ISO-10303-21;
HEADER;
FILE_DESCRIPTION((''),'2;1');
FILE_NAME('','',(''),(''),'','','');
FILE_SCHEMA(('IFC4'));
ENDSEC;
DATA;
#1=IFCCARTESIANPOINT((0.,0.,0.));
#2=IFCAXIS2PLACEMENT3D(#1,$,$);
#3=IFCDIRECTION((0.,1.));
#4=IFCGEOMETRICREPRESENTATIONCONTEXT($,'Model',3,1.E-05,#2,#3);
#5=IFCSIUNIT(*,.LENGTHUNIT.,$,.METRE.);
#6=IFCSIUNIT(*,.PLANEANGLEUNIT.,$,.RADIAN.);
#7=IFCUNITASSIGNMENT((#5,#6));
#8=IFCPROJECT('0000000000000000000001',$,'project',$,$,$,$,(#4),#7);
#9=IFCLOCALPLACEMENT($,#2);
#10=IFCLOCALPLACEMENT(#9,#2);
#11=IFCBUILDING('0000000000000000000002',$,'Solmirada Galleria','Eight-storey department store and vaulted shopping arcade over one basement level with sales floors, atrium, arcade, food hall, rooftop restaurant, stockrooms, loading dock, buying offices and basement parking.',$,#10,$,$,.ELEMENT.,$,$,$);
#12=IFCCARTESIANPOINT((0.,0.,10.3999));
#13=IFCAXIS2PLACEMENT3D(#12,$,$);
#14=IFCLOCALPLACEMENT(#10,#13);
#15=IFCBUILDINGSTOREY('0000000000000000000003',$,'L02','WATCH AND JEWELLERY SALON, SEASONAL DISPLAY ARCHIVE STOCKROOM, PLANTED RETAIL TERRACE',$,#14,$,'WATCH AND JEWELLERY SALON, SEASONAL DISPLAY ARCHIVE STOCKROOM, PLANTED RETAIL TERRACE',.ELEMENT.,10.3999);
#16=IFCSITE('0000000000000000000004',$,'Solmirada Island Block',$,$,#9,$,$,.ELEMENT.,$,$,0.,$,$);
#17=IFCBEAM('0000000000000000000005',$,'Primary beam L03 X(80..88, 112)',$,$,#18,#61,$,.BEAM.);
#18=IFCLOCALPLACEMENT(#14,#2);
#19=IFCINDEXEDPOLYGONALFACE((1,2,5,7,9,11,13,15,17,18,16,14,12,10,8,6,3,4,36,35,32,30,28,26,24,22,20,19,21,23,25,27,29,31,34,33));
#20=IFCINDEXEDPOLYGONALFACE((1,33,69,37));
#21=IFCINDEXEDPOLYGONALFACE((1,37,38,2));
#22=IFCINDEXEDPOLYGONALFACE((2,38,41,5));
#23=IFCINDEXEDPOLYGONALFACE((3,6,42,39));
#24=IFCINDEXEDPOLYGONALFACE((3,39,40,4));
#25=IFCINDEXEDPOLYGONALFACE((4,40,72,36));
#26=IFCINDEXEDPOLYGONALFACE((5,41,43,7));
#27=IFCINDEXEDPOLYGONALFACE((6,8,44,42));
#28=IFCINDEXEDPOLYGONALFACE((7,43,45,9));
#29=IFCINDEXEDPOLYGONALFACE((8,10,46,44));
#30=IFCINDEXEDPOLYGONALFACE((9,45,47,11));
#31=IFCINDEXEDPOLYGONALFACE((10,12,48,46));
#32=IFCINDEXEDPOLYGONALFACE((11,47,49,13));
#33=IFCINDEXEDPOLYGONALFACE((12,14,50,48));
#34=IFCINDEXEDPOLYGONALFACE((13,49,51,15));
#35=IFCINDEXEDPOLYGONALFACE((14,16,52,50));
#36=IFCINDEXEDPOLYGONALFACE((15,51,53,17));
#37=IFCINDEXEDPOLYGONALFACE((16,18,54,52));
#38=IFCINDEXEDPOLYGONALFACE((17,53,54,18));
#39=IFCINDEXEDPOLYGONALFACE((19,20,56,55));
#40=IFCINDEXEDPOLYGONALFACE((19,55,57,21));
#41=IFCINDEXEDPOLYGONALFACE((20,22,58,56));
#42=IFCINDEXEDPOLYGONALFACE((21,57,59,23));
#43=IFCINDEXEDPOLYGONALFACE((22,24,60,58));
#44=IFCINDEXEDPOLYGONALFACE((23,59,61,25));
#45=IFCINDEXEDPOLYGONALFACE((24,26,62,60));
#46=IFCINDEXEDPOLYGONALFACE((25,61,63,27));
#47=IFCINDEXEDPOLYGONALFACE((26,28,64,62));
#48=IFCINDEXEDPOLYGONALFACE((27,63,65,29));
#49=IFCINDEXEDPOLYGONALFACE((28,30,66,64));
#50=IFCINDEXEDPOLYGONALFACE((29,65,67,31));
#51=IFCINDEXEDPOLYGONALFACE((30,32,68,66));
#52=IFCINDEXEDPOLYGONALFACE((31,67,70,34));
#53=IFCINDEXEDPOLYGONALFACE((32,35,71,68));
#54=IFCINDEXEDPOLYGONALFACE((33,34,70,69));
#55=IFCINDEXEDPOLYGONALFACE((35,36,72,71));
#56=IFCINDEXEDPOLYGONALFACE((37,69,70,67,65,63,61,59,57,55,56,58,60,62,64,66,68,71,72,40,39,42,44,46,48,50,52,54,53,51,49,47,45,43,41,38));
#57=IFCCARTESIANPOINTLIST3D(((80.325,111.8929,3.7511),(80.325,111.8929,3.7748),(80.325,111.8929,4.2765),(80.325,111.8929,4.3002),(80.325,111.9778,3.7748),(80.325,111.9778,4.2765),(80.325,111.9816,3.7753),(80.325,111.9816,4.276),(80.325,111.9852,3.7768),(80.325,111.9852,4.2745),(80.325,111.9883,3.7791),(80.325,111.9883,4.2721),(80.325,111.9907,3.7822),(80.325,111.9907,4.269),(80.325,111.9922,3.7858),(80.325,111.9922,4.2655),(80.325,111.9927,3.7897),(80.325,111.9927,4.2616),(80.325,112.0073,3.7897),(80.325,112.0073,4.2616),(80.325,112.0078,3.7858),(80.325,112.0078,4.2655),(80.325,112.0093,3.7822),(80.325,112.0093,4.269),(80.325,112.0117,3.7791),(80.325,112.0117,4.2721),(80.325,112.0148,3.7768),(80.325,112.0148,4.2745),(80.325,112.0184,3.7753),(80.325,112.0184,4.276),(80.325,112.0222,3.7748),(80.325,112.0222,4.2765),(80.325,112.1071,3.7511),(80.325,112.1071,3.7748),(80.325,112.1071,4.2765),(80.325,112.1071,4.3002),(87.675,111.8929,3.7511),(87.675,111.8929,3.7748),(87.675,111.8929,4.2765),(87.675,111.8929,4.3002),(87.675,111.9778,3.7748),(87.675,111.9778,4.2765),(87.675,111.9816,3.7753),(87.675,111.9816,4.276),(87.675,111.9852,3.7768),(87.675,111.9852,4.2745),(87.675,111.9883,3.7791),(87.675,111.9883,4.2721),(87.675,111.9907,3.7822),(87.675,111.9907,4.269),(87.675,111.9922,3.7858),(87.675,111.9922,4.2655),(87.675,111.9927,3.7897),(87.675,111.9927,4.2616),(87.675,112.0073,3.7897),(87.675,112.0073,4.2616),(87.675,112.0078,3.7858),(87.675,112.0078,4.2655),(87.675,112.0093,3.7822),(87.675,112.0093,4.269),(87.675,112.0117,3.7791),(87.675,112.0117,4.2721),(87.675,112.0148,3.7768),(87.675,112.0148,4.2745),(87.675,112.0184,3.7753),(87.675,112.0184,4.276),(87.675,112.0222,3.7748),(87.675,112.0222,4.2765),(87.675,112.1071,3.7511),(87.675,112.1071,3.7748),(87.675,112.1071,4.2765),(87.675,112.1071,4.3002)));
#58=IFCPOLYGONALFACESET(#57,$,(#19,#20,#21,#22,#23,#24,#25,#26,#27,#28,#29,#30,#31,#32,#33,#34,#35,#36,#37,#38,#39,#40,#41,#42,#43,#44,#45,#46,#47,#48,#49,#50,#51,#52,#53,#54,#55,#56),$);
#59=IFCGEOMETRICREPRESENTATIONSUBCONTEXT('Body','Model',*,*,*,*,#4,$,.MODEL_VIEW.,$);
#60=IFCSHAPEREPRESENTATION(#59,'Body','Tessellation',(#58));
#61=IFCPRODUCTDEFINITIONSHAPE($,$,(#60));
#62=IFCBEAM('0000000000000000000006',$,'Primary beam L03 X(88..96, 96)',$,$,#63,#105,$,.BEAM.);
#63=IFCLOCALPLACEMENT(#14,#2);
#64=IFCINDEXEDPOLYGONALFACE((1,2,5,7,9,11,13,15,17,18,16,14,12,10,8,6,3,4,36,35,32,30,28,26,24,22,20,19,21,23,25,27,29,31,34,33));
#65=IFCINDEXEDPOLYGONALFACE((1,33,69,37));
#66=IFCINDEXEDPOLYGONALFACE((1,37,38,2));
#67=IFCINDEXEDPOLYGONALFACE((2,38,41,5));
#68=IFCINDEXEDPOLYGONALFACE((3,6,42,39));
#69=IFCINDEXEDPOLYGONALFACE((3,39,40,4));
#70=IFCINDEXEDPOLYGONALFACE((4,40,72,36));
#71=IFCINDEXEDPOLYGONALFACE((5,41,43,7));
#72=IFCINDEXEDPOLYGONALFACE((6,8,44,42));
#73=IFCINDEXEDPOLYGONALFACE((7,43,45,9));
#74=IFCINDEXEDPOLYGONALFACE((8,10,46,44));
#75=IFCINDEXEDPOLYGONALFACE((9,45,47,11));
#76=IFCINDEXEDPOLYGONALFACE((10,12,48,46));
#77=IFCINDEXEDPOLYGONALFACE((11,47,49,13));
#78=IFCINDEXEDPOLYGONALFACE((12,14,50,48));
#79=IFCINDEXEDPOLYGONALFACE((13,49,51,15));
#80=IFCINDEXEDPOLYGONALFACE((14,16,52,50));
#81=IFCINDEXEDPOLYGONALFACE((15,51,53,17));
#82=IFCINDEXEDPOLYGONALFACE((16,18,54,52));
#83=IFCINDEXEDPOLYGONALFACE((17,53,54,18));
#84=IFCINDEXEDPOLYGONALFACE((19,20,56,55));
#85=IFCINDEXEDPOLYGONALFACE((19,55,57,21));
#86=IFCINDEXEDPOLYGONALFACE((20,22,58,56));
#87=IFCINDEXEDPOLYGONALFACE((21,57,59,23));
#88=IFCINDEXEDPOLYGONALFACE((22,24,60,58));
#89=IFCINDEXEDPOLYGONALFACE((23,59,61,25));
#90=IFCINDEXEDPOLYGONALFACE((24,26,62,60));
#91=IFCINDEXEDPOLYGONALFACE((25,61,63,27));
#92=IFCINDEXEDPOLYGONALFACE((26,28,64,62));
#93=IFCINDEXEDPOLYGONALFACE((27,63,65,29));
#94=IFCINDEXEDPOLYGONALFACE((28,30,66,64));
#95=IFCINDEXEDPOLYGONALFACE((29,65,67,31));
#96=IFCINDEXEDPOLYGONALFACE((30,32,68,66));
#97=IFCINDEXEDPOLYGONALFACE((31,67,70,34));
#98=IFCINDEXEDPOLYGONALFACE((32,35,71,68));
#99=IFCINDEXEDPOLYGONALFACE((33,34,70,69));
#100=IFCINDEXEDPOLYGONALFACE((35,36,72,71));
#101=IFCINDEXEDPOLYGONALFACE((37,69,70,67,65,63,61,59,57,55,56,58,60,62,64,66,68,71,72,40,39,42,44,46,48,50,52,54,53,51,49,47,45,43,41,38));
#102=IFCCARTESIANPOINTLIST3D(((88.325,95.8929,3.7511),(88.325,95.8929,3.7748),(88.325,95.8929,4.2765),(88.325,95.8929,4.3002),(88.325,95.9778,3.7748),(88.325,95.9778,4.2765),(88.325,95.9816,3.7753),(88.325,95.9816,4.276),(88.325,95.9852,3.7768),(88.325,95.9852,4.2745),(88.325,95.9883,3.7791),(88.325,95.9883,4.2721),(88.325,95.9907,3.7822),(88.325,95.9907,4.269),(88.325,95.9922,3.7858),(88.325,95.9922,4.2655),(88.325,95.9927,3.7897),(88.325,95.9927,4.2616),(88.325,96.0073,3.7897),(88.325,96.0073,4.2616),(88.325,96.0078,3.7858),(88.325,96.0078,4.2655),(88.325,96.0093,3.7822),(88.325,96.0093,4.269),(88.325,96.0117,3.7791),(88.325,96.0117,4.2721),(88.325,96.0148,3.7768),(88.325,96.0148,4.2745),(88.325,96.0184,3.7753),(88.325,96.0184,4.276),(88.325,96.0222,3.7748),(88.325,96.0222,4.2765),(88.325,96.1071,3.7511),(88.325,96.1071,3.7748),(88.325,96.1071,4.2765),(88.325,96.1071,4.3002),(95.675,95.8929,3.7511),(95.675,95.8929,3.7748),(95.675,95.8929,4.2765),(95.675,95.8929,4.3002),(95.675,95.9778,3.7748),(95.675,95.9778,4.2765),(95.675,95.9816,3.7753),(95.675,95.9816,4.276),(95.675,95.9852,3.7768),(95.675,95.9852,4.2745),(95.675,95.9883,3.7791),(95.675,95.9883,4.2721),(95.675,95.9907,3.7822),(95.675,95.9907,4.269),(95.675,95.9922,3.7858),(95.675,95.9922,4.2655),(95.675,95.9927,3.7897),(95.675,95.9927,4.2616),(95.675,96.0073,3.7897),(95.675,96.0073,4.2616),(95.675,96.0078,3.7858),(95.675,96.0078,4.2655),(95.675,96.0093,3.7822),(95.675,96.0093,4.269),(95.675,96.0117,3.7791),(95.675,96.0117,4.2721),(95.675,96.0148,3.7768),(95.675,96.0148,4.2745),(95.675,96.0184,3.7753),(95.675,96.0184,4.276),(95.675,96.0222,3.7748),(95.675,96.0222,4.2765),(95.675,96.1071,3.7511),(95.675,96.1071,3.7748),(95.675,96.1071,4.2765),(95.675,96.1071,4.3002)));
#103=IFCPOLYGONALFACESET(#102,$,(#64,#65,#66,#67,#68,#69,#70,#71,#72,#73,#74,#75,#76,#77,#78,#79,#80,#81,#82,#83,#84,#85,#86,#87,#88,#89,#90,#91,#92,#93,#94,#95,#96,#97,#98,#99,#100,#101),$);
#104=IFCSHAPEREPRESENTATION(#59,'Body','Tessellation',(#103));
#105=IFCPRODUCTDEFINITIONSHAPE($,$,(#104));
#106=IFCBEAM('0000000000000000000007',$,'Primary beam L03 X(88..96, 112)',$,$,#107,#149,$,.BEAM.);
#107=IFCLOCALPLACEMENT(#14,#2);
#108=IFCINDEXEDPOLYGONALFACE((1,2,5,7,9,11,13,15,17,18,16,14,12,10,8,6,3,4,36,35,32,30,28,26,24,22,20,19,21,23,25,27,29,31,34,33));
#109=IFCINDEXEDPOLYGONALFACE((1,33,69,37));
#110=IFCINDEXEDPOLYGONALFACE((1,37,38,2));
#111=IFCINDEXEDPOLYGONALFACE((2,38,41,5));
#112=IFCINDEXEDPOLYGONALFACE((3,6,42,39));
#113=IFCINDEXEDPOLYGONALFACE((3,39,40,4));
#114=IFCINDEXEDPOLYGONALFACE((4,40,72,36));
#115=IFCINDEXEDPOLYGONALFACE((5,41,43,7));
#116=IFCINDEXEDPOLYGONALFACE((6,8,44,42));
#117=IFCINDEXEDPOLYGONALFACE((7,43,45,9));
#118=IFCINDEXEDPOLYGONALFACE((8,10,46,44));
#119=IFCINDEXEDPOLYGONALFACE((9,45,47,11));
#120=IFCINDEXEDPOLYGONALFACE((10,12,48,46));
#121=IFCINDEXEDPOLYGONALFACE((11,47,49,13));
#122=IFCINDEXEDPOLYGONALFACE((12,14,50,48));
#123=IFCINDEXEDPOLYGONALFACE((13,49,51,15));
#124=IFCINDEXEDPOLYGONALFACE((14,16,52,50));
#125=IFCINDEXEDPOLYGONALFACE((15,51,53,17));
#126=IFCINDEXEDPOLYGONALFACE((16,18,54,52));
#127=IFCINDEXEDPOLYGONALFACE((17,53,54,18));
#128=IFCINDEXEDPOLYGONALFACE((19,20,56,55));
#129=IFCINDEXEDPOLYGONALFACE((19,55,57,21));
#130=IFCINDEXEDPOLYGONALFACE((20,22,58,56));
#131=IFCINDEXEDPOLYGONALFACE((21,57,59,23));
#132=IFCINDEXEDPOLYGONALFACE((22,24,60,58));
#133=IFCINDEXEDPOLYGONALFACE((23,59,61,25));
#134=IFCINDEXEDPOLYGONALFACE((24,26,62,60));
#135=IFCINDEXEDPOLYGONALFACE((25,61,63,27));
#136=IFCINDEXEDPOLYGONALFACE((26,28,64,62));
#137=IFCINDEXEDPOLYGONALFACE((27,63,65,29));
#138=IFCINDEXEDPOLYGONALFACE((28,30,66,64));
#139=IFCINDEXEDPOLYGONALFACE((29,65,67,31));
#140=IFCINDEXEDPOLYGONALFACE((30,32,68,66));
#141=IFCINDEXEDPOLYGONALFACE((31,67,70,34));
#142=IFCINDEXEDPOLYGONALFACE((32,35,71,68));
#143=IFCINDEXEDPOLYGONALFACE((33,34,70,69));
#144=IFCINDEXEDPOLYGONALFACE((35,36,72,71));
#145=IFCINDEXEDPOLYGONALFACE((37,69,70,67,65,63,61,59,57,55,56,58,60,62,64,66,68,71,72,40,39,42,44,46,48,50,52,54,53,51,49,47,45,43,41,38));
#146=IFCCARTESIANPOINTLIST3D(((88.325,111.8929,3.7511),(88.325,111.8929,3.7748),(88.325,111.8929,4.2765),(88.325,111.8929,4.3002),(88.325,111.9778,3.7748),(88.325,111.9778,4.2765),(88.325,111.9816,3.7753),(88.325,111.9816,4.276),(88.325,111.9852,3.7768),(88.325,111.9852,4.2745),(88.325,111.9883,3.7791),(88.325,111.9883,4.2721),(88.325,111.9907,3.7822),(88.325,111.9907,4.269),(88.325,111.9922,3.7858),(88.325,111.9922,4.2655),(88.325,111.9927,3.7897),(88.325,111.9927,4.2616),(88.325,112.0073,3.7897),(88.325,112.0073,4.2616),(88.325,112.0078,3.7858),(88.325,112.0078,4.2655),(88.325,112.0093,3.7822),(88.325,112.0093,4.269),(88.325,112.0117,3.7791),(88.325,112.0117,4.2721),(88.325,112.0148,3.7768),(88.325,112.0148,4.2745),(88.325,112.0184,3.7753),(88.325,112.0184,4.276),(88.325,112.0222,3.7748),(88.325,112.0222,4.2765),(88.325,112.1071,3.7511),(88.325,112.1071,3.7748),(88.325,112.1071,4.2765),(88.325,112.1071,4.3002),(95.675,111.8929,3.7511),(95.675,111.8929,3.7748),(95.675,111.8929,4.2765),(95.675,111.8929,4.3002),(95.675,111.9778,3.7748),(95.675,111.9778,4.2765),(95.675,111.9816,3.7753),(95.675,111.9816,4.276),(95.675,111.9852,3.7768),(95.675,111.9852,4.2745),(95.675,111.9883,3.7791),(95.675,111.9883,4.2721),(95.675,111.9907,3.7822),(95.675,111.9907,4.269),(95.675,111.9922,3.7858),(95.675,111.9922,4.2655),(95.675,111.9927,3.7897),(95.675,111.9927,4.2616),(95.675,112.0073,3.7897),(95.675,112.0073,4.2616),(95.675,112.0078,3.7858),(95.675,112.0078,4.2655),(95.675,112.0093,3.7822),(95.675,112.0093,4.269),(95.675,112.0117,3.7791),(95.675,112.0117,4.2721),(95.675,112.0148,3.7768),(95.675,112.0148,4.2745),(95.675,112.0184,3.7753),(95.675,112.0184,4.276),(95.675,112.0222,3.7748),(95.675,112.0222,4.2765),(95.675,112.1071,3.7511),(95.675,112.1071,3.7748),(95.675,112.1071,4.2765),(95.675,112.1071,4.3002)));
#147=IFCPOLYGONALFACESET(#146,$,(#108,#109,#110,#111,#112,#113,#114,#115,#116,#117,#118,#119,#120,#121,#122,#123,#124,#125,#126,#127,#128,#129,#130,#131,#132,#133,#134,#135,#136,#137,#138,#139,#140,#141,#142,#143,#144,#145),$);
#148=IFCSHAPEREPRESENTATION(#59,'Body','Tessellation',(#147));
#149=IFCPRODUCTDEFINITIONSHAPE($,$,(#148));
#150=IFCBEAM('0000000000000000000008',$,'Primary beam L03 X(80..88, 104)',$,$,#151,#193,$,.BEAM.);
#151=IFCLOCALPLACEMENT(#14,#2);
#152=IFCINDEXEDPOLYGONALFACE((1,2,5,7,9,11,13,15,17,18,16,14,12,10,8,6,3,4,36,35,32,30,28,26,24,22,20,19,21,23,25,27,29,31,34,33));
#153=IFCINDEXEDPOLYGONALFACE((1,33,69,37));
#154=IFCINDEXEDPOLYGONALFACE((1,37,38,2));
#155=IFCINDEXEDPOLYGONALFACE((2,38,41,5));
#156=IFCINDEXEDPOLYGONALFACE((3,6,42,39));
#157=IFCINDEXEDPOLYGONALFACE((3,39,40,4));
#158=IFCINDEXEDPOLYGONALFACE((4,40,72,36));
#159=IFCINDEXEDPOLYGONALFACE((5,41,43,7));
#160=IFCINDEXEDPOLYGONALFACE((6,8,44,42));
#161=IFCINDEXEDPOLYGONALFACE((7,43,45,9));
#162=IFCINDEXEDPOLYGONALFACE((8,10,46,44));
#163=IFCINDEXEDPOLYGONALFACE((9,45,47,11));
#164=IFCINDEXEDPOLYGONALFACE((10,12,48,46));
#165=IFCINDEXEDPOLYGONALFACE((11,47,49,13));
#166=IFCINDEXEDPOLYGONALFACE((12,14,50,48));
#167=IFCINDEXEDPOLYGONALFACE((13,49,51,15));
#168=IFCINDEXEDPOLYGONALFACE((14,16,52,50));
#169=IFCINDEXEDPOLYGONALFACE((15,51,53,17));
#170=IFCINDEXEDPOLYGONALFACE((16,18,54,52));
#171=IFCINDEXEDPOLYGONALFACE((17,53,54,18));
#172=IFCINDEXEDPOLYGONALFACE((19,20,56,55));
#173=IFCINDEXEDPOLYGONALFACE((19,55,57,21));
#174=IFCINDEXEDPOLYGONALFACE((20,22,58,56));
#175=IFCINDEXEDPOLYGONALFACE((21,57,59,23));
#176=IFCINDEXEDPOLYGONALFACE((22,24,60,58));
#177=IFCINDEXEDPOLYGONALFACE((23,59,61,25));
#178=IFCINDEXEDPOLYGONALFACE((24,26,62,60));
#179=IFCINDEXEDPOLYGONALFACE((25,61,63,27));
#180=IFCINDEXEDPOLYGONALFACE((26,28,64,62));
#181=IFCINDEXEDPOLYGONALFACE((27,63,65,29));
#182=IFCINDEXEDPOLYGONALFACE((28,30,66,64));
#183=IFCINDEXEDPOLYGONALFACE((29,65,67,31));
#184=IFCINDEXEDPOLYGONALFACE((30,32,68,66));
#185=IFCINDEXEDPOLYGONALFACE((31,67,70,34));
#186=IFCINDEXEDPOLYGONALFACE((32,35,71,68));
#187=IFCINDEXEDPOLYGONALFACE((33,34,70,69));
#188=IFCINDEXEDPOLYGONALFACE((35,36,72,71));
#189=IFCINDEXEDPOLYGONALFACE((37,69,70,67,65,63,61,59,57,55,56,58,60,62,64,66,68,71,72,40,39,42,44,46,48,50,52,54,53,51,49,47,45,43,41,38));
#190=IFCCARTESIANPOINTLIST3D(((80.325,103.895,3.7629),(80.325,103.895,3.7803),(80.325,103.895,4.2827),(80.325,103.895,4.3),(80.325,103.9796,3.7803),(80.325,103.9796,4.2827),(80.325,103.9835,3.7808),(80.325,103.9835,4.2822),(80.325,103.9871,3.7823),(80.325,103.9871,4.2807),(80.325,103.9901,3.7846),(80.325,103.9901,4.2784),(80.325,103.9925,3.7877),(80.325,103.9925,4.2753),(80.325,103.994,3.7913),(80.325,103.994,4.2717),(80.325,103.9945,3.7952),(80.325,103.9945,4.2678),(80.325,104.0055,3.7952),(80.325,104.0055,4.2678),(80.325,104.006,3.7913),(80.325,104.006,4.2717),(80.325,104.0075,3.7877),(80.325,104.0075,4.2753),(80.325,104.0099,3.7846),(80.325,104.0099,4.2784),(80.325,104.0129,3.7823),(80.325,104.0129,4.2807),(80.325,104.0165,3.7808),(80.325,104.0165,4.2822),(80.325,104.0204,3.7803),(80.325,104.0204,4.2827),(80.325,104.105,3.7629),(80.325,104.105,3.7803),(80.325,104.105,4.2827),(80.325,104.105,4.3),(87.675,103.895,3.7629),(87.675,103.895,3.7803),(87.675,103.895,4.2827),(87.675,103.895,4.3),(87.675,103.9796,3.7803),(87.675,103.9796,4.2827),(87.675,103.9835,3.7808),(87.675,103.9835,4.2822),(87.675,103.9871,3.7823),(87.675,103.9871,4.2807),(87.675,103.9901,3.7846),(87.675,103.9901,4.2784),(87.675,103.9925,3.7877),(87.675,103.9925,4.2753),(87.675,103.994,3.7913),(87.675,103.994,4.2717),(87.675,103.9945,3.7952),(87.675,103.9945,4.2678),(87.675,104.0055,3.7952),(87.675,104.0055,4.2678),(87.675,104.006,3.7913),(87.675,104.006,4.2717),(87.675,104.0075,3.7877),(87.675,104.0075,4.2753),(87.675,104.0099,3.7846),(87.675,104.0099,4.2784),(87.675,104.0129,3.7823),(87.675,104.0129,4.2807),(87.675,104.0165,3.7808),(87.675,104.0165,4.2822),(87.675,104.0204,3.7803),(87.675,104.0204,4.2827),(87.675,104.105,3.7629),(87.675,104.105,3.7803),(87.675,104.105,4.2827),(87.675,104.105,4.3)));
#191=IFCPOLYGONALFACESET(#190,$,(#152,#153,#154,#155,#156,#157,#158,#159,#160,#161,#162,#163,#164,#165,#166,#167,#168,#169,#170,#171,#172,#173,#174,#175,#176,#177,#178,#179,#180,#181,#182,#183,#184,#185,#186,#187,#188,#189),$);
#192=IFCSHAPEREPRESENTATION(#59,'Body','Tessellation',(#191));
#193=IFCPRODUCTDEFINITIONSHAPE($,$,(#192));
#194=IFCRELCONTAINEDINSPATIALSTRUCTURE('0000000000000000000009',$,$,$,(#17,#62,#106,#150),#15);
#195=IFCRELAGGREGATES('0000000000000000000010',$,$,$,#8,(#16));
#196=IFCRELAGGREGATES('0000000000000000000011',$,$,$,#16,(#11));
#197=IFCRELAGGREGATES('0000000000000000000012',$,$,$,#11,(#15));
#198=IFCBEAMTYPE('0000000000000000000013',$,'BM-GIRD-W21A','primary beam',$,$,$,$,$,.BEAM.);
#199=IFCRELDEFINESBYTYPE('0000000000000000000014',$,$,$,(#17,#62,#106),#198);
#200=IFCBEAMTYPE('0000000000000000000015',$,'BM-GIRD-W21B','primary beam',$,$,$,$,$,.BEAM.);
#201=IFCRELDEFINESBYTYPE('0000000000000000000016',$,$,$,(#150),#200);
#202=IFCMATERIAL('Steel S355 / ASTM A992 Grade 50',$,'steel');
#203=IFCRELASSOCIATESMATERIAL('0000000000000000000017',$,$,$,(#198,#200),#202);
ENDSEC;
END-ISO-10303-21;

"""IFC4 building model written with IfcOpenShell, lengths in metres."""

from ifc_helpers import new_model, si_unit, direction, frame, origin, origin_2d, place, context, subcontext, project, spatial, i_section, extrude, material, material_profile, profile_set, type_object, element, save


model = new_model("IFC4")

# Units and contexts
model_context = context("Model", 3, precision=1e-05, world=origin(), true_north=direction((0.0, 1.0)))
body_context = subcontext(model_context, "Body", "Model", "MODEL_VIEW")
ifc_project = project(units=[si_unit("LENGTHUNIT", "METRE"), si_unit("PLANEANGLEUNIT", "RADIAN")], contexts=[model_context])

# Site, building, storey
site_placement = place(None, origin())
site = spatial("IfcSite", under=ifc_project, at=site_placement, Name="Solmirada Island Block", CompositionType="ELEMENT", RefElevation=0.0)
building_placement = place(site_placement, origin())
building = spatial("IfcBuilding", under=site, at=building_placement, Name="Solmirada Galleria", Description="Eight-storey department store and vaulted shopping arcade over one basement level with sales floors, atrium, arcade, food hall, rooftop restaurant, stockrooms, loading dock, buying offices and basement parking.", CompositionType="ELEMENT")
storey_placement = place(building_placement, frame((0.0, 0.0, 10.3999)))
storey = spatial("IfcBuildingStorey", under=building, at=storey_placement, Name="L02", Description="WATCH AND JEWELLERY SALON, SEASONAL DISPLAY ARCHIVE STOCKROOM, PLANTED RETAIL TERRACE", LongName="WATCH AND JEWELLERY SALON, SEASONAL DISPLAY ARCHIVE STOCKROOM, PLANTED RETAIL TERRACE", CompositionType="ELEMENT", Elevation=10.3999)

# Beams
ifc_material_1 = material(Name="Steel S355 / ASTM A992 Grade 50", Category="steel")
ifc_material_profile_1 = material_profile(ifc_material_1, i_section(OverallWidth=0.2141, OverallDepth=0.5491, WebThickness=0.0146, FlangeThickness=0.0237, FilletRadius=0.0149, at=origin_2d()), Name="W21X93")
ifc_profile_set_1 = profile_set([ifc_material_profile_1], Name="Steel S355 / ASTM A992 Grade 50")
beam_type_1 = type_object("IfcBeamType", Name="BM-GIRD-W21A", Description="primary beam", PredefinedType="BEAM", material=ifc_profile_set_1)
for number, where, z_axis, x_axis, name in (
    (1, (80.325, 112.0, 4.0256), (1.0, 0.0, 0.0), (0.0, 1.0, 0.0), "Primary beam L03 X(80..88, 112)"),
    (2, (88.325, 96.0, 4.0256), (1.0, 0.0, 0.0), (0.0, 1.0, 0.0), "Primary beam L03 X(88..96, 96)"),
    (3, (88.325, 112.0, 4.0256), (1.0, 0.0, 0.0), (0.0, 1.0, 0.0), "Primary beam L03 X(88..96, 112)"),
):
    element("IfcBeam", number, at=place(storey_placement, frame(where, z_axis=z_axis, x_axis=x_axis)), inside=storey, type_object=beam_type_1, Name=name, PredefinedType="BEAM", context=body_context, shape_type="SweptSolid", body=[
        extrude(i_section(OverallWidth=0.2141, OverallDepth=0.5491, WebThickness=0.0146, FlangeThickness=0.0237, FilletRadius=0.0149, at=origin_2d()), origin(), (0.0, 0.0, 1.0), 7.3501),
    ])
ifc_material_profile_2 = material_profile(ifc_material_1, i_section(OverallWidth=0.21, OverallDepth=0.5371, WebThickness=0.011, FlangeThickness=0.0173, FilletRadius=0.0149, at=origin_2d()), Name="W21X68")
ifc_profile_set_2 = profile_set([ifc_material_profile_2], Name="Steel S355 / ASTM A992 Grade 50")
beam_type_2 = type_object("IfcBeamType", Name="BM-GIRD-W21B", Description="primary beam", PredefinedType="BEAM", material=ifc_profile_set_2)
for number, where, z_axis, x_axis, name in (
    (4, (80.325, 104.0, 4.0315), (1.0, 0.0, 0.0), (0.0, 1.0, 0.0), "Primary beam L03 X(80..88, 104)"),
):
    element("IfcBeam", number, at=place(storey_placement, frame(where, z_axis=z_axis, x_axis=x_axis)), inside=storey, type_object=beam_type_2, Name=name, PredefinedType="BEAM", context=body_context, shape_type="SweptSolid", body=[
        extrude(i_section(OverallWidth=0.21, OverallDepth=0.5371, WebThickness=0.011, FlangeThickness=0.0173, FilletRadius=0.0149, at=origin_2d()), origin(), (0.0, 0.0, 1.0), 7.3501),
    ])

save(model, "model.ifc")
